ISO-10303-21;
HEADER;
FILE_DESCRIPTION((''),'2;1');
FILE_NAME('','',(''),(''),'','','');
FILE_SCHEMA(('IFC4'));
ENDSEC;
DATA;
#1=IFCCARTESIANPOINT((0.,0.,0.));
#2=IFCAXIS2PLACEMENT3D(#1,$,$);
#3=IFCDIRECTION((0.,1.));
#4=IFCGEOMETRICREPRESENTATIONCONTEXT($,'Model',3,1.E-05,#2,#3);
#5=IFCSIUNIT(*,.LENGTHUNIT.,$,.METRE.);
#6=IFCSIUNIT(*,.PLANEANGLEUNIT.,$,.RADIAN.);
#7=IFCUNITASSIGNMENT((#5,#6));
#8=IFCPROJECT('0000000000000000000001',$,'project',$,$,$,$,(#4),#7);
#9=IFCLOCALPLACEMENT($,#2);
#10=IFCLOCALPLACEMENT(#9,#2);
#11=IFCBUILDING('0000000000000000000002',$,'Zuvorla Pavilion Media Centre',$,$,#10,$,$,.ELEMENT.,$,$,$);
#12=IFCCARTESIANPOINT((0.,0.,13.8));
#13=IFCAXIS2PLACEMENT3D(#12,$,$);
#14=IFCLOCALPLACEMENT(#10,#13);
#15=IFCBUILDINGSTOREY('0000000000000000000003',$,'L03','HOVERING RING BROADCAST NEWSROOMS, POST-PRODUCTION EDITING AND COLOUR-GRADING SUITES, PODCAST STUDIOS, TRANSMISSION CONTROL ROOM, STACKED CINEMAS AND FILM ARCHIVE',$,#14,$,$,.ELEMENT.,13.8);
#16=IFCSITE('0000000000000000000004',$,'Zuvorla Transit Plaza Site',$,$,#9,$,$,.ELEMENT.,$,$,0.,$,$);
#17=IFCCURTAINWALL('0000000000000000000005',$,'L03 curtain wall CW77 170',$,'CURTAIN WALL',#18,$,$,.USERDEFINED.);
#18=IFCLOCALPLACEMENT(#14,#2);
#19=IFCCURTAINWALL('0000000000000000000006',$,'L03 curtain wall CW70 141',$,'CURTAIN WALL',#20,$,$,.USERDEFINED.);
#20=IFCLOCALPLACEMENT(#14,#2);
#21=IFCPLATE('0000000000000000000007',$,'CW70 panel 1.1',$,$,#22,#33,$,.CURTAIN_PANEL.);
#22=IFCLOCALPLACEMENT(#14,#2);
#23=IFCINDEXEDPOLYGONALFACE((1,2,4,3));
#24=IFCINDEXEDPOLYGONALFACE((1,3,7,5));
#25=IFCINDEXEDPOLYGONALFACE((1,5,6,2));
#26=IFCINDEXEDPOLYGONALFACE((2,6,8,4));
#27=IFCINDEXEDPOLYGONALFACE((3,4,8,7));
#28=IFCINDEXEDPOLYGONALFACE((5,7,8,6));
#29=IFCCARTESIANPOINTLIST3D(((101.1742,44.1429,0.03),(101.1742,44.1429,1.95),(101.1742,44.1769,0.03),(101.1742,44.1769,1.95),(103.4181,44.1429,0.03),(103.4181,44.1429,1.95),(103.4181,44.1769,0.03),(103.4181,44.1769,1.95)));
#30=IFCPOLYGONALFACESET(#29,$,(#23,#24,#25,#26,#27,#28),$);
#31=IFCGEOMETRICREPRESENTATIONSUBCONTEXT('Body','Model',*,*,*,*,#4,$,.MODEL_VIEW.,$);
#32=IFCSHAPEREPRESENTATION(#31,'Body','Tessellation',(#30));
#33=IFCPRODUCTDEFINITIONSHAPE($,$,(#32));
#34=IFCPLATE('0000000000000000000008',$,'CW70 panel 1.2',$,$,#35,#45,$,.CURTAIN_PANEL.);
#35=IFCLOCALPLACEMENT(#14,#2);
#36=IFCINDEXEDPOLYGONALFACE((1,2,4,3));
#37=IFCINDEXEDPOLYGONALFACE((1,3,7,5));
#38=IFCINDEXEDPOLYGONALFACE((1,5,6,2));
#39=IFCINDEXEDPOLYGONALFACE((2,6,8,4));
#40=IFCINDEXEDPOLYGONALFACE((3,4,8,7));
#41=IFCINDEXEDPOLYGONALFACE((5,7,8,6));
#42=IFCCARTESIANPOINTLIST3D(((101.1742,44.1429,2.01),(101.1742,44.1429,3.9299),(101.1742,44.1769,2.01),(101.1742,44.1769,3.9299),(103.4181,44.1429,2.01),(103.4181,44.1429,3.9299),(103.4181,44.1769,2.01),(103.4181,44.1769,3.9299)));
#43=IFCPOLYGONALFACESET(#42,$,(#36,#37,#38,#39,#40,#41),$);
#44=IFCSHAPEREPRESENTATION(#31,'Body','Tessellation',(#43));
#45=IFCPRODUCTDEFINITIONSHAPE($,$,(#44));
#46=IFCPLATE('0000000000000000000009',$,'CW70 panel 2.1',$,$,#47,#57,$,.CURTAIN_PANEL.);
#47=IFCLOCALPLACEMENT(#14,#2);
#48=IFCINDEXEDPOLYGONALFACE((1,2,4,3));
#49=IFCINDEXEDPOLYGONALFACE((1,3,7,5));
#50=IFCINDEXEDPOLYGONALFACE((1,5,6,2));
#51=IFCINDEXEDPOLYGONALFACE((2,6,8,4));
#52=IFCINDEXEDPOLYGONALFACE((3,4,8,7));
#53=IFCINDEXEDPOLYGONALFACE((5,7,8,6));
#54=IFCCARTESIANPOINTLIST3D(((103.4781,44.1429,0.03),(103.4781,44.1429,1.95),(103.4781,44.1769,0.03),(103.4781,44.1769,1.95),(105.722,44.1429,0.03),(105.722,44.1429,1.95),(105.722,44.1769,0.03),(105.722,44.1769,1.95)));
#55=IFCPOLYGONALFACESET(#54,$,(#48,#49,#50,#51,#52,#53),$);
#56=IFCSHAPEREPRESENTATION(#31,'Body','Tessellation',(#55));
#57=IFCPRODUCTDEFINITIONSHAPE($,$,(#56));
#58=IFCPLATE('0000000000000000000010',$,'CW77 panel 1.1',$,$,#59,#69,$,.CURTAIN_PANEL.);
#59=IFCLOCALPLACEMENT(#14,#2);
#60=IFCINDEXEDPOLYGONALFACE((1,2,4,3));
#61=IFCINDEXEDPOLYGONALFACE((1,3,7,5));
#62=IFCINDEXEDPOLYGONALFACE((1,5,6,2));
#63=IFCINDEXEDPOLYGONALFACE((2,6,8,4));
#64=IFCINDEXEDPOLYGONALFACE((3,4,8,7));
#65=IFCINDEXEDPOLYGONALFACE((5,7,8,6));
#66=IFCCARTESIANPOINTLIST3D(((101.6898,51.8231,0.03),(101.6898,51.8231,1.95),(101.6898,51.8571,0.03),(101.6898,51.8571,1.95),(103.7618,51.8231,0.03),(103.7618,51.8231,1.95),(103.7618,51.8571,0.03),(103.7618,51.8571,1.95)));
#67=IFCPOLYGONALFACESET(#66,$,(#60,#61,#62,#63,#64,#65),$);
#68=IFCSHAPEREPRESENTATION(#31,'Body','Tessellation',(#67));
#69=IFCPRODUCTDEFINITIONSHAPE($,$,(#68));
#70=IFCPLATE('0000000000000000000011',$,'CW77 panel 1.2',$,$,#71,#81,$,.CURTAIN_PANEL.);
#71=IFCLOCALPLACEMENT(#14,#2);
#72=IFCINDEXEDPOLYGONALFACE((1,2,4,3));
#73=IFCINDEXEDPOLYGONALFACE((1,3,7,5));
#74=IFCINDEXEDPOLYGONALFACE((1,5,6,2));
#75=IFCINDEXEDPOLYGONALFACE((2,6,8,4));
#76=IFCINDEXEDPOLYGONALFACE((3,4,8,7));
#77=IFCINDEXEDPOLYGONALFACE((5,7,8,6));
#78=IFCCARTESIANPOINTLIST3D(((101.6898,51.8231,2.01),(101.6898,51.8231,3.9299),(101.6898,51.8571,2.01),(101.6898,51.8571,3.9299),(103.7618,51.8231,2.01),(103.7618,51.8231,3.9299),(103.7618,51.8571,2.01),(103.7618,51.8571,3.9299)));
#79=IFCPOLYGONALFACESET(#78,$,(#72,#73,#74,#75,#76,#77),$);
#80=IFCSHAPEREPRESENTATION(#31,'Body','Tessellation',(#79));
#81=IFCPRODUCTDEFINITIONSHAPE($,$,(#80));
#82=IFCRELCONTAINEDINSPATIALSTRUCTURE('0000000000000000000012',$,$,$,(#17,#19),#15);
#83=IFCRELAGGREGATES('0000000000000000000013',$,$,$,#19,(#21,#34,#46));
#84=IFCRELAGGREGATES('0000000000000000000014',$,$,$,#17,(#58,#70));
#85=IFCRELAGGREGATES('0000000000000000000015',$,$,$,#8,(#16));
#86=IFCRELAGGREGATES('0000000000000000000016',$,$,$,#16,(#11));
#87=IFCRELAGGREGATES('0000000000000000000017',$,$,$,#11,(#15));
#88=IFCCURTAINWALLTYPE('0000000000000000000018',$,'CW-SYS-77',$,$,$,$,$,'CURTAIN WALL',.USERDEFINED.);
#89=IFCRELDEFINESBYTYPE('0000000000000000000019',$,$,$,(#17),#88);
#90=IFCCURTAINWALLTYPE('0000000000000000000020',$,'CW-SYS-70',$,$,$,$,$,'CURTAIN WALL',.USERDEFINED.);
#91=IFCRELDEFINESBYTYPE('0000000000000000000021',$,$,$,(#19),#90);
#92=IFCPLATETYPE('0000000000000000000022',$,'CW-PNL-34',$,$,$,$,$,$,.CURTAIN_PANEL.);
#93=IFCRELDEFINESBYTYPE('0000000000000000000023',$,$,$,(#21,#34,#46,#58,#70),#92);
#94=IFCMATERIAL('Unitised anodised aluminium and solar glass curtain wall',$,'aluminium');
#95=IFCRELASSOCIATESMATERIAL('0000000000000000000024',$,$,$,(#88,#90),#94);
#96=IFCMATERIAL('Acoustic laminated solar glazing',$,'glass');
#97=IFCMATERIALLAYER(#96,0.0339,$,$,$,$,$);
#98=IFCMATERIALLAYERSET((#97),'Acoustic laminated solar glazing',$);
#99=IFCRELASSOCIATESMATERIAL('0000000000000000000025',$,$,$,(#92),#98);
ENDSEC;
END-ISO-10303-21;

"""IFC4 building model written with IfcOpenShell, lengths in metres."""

from ifc_helpers import new_model, si_unit, direction, frame, origin, origin_2d, place, context, subcontext, project, spatial, rectangle, extrude, material, layer, layer_set, type_object, element, aggregate, save


model = new_model("IFC4")

# Units and contexts
model_context = context("Model", 3, precision=1e-05, world=origin(), true_north=direction((0.0, 1.0)))
body_context = subcontext(model_context, "Body", "Model", "MODEL_VIEW")
ifc_project = project(units=[si_unit("LENGTHUNIT", "METRE"), si_unit("PLANEANGLEUNIT", "RADIAN")], contexts=[model_context])

# Site, building, storey
site_placement = place(None, origin())
site = spatial("IfcSite", under=ifc_project, at=site_placement, Name="Zuvorla Transit Plaza Site", CompositionType="ELEMENT", RefElevation=0.0)
building_placement = place(site_placement, origin())
building = spatial("IfcBuilding", under=site, at=building_placement, Name="Zuvorla Pavilion Media Centre", CompositionType="ELEMENT")
storey_placement = place(building_placement, frame((0.0, 0.0, 13.8)))
storey = spatial("IfcBuildingStorey", under=building, at=storey_placement, Name="L03", Description="HOVERING RING BROADCAST NEWSROOMS, POST-PRODUCTION EDITING AND COLOUR-GRADING SUITES, PODCAST STUDIOS, TRANSMISSION CONTROL ROOM, STACKED CINEMAS AND FILM ARCHIVE", CompositionType="ELEMENT", Elevation=13.8)

# Shared definitions
ifc_material_1 = material(Name="Unitised anodised aluminium and solar glass curtain wall", Category="aluminium")

# Curtain walls
curtain_wall_type_1 = type_object("IfcCurtainWallType", Name="CW-SYS-77", ElementType="CURTAIN WALL", PredefinedType="USERDEFINED", material=ifc_material_1)
curtain_wall_1_placement = place(storey_placement, origin())
curtain_wall_1 = element("IfcCurtainWall", 1, at=curtain_wall_1_placement, inside=storey, type_object=curtain_wall_type_1, Name="L03 curtain wall CW77 170", ObjectType="CURTAIN WALL", PredefinedType="USERDEFINED")
curtain_wall_type_2 = type_object("IfcCurtainWallType", Name="CW-SYS-70", ElementType="CURTAIN WALL", PredefinedType="USERDEFINED", material=ifc_material_1)
curtain_wall_2_placement = place(storey_placement, origin())
curtain_wall_2 = element("IfcCurtainWall", 2, at=curtain_wall_2_placement, inside=storey, type_object=curtain_wall_type_2, Name="L03 curtain wall CW70 141", ObjectType="CURTAIN WALL", PredefinedType="USERDEFINED")

# Plates
ifc_material_2 = material(Name="Acoustic laminated solar glazing", Category="glass")
ifc_layer_1 = layer(ifc_material_2, 0.0339)
ifc_layer_set_1 = layer_set([ifc_layer_1], Name="Acoustic laminated solar glazing")
plate_type_1 = type_object("IfcPlateType", Name="CW-PNL-34", PredefinedType="CURTAIN_PANEL", material=ifc_layer_set_1)
plate_1_placement = place(storey_placement, frame((102.2961, 44.1599, 0.03), z_axis=(0.0, 0.0, 1.0), x_axis=(1.0, 0.0, 0.0)))
plate_1 = element("IfcPlate", 3, at=plate_1_placement, type_object=plate_type_1, Name="CW70 panel 1.1", PredefinedType="CURTAIN_PANEL", context=body_context, shape_type="SweptSolid", body=[
    extrude(rectangle(XDim=2.2439, YDim=0.0339, at=origin_2d()), origin(), (0.0, 0.0, 1.0), 1.9199),
])
plate_2_placement = place(storey_placement, frame((102.2961, 44.1599, 2.01), z_axis=(0.0, 0.0, 1.0), x_axis=(1.0, 0.0, 0.0)))
plate_2 = element("IfcPlate", 4, at=plate_2_placement, type_object=plate_type_1, Name="CW70 panel 1.2", PredefinedType="CURTAIN_PANEL", context=body_context, shape_type="SweptSolid", body=[
    extrude(rectangle(XDim=2.2439, YDim=0.0339, at=origin_2d()), origin(), (0.0, 0.0, 1.0), 1.9199),
])
plate_3_placement = place(storey_placement, frame((104.6001, 44.1599, 0.03), z_axis=(0.0, 0.0, 1.0), x_axis=(1.0, 0.0, 0.0)))
plate_3 = element("IfcPlate", 5, at=plate_3_placement, type_object=plate_type_1, Name="CW70 panel 2.1", PredefinedType="CURTAIN_PANEL", context=body_context, shape_type="SweptSolid", body=[
    extrude(rectangle(XDim=2.2439, YDim=0.0339, at=origin_2d()), origin(), (0.0, 0.0, 1.0), 1.9199),
])
aggregate(curtain_wall_2, [plate_1, plate_2, plate_3])
plate_4_placement = place(storey_placement, frame((102.7258, 51.8401, 0.03), z_axis=(0.0, 0.0, 1.0), x_axis=(1.0, 0.0, 0.0)))
plate_4 = element("IfcPlate", 6, at=plate_4_placement, type_object=plate_type_1, Name="CW77 panel 1.1", PredefinedType="CURTAIN_PANEL", context=body_context, shape_type="SweptSolid", body=[
    extrude(rectangle(XDim=2.072, YDim=0.0339, at=origin_2d()), origin(), (0.0, 0.0, 1.0), 1.9199),
])
plate_5_placement = place(storey_placement, frame((102.7258, 51.8401, 2.01), z_axis=(0.0, 0.0, 1.0), x_axis=(1.0, 0.0, 0.0)))
plate_5 = element("IfcPlate", 7, at=plate_5_placement, type_object=plate_type_1, Name="CW77 panel 1.2", PredefinedType="CURTAIN_PANEL", context=body_context, shape_type="SweptSolid", body=[
    extrude(rectangle(XDim=2.072, YDim=0.0339, at=origin_2d()), origin(), (0.0, 0.0, 1.0), 1.9199),
])
aggregate(curtain_wall_1, [plate_4, plate_5])

save(model, "model.ifc")
